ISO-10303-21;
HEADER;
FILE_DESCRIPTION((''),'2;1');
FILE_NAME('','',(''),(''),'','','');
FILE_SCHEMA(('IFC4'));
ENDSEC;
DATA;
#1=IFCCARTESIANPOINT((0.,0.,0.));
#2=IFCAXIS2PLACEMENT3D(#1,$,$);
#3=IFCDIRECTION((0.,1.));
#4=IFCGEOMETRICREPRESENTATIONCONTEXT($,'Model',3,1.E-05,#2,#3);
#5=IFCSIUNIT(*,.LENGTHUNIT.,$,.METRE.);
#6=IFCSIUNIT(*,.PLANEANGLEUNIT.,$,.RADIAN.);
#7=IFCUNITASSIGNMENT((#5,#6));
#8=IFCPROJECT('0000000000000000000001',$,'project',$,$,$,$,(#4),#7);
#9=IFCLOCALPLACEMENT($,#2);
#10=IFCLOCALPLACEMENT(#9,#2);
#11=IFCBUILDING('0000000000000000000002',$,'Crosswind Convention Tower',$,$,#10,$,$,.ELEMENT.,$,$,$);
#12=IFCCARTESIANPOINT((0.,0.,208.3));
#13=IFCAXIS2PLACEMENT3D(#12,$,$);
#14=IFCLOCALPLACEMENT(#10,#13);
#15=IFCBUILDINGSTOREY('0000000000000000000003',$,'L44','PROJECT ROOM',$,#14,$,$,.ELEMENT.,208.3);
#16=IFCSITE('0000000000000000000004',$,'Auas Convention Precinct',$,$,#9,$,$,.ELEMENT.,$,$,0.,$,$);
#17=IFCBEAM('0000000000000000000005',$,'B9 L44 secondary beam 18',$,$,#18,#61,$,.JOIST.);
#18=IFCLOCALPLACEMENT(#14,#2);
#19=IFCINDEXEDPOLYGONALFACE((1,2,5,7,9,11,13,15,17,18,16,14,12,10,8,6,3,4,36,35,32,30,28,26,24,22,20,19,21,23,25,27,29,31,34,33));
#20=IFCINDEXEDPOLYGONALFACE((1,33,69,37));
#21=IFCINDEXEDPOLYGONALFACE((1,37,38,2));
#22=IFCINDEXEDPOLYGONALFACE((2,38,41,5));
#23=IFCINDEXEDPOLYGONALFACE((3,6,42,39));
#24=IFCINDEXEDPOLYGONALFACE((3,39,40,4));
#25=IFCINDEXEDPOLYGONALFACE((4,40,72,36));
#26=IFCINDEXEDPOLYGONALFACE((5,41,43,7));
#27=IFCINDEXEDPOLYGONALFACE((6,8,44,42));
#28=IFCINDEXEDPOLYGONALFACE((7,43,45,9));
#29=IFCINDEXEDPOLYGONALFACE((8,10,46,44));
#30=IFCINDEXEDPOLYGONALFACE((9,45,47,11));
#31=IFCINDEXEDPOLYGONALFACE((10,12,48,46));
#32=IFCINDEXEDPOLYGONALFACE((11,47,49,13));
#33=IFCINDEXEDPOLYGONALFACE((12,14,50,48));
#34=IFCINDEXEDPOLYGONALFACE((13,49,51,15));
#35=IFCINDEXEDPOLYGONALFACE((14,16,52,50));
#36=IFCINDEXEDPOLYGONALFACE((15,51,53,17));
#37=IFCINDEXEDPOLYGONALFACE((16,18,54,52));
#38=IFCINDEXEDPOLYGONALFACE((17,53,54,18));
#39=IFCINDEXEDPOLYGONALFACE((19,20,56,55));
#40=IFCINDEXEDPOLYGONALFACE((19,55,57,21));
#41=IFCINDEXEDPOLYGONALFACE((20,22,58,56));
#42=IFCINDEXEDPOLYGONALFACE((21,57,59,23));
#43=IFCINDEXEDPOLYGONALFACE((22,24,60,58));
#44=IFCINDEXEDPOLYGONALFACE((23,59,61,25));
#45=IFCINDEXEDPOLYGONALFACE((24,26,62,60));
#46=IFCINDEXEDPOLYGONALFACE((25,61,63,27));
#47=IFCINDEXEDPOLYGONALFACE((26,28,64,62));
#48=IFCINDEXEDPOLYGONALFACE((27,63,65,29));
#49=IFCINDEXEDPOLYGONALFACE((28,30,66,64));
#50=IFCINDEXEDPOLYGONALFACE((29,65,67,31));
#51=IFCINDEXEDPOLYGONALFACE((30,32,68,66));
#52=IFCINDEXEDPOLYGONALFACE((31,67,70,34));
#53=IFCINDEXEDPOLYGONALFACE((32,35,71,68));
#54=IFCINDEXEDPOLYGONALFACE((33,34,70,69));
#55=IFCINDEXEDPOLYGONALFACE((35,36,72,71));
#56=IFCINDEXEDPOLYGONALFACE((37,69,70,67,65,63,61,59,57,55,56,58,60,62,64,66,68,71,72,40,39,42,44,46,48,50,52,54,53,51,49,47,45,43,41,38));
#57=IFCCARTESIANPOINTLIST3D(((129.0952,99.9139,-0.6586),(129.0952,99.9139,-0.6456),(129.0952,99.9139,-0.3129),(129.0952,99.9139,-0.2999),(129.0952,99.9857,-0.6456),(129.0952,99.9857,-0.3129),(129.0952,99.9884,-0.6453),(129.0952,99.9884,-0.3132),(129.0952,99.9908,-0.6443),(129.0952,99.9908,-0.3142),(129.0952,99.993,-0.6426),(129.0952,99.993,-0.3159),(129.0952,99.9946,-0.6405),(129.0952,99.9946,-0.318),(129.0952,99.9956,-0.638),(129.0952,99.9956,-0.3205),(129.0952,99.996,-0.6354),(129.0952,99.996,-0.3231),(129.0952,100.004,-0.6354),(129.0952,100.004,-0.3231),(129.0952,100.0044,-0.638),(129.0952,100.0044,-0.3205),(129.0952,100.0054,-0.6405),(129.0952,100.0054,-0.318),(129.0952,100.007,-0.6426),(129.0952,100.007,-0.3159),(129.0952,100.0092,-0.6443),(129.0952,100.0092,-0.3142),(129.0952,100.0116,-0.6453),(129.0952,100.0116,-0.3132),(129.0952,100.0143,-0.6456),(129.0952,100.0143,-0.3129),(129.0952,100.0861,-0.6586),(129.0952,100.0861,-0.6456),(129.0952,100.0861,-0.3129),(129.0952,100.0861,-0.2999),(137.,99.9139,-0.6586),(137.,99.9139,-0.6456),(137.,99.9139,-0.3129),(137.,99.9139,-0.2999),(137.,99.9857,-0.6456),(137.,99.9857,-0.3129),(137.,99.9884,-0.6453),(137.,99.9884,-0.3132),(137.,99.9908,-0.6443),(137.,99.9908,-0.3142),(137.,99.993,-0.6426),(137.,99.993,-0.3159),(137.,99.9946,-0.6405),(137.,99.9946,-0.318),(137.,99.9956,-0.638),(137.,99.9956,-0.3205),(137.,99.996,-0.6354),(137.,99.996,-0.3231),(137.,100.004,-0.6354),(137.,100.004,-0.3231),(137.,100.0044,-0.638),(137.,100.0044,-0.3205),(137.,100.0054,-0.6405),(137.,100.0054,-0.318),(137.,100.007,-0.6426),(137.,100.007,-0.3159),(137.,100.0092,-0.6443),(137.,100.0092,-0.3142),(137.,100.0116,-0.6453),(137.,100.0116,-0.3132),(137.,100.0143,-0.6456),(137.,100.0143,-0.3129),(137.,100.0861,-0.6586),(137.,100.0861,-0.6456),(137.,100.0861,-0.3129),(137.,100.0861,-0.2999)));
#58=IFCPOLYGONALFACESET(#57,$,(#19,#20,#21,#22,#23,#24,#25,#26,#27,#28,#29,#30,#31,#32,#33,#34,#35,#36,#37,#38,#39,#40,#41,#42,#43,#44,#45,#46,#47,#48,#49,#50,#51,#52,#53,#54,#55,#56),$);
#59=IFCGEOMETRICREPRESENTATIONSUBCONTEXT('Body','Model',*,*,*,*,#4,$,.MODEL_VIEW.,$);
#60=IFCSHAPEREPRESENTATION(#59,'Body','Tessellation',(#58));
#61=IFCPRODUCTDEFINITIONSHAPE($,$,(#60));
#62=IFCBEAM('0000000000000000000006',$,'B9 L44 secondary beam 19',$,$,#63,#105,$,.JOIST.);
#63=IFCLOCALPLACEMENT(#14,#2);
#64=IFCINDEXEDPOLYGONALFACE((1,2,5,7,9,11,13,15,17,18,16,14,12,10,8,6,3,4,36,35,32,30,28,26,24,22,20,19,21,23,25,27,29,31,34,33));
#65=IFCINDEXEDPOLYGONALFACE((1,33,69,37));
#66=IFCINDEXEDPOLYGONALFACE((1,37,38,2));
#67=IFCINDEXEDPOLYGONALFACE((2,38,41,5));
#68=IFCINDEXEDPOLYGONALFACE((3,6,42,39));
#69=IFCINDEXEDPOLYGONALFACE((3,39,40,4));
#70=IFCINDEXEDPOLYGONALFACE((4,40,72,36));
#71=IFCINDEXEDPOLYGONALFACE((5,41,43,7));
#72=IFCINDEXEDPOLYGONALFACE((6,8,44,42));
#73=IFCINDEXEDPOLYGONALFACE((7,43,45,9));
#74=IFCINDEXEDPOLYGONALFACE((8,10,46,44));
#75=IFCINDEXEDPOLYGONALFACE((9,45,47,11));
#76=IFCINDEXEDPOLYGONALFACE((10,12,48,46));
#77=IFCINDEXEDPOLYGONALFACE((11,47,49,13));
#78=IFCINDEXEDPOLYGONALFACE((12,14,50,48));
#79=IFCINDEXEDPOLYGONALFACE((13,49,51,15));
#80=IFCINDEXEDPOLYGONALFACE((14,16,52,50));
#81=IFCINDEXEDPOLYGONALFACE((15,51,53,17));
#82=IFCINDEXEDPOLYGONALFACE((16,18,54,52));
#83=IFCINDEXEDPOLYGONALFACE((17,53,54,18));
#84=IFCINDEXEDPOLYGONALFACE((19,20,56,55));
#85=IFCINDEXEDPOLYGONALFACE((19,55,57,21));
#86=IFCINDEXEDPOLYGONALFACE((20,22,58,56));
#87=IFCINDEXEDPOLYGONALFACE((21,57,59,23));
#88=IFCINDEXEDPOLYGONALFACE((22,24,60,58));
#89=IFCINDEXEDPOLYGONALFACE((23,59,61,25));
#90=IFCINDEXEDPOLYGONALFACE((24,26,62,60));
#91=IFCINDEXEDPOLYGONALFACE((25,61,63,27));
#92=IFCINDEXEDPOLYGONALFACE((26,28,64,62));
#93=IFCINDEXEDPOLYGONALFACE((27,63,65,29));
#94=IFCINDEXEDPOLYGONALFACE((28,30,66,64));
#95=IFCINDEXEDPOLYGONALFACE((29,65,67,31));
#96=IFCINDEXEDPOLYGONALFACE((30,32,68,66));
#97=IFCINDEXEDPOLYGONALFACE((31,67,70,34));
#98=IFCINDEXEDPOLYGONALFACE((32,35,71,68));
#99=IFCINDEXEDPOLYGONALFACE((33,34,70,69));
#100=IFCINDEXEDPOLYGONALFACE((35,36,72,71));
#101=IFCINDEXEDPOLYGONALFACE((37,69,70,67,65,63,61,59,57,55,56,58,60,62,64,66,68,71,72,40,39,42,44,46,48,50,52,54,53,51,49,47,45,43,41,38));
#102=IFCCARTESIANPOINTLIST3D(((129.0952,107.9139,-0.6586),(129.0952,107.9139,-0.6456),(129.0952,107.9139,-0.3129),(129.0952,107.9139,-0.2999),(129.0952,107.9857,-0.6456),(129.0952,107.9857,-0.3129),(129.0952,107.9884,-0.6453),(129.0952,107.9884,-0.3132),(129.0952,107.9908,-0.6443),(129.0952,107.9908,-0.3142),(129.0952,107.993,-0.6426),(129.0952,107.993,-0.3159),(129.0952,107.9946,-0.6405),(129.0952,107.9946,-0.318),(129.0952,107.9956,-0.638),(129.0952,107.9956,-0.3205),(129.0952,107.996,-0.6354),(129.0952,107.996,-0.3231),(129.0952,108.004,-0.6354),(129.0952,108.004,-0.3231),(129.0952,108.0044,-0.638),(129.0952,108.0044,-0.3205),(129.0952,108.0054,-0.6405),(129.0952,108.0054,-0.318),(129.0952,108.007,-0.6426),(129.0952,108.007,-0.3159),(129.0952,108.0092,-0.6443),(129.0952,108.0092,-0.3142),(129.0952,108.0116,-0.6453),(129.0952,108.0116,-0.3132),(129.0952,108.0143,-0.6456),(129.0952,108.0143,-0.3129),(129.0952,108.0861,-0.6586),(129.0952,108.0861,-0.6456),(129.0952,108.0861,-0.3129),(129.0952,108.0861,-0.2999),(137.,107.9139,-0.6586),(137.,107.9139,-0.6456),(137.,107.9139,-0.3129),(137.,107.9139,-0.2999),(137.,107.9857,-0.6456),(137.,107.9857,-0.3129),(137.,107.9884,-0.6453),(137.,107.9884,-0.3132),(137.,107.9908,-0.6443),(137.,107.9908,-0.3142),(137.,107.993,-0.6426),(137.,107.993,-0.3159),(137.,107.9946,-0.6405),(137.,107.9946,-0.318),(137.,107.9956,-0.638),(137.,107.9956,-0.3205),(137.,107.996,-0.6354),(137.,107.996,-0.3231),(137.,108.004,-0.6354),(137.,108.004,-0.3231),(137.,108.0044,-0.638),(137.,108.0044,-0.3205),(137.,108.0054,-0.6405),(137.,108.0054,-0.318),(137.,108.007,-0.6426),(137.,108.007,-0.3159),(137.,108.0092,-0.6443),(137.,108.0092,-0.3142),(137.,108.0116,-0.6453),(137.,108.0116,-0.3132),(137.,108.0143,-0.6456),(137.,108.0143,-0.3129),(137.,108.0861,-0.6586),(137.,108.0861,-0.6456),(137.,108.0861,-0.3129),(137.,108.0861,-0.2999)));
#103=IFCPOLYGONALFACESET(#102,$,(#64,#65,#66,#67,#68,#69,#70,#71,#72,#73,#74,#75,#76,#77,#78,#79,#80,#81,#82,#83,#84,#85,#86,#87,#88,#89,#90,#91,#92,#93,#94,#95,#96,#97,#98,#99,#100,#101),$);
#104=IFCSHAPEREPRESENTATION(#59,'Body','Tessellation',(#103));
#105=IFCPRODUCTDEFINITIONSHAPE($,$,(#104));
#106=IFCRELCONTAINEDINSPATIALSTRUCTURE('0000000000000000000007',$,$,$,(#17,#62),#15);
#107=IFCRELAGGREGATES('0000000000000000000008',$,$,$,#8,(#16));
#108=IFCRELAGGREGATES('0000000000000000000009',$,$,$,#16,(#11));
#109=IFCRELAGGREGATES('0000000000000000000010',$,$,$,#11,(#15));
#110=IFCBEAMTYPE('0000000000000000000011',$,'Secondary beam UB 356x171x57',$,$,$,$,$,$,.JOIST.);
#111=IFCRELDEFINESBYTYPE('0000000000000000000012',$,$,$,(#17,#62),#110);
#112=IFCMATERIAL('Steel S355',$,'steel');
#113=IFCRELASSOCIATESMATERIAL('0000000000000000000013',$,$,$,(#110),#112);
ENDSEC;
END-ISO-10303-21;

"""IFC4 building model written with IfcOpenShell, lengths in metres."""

from ifc_helpers import new_model, si_unit, direction, frame, origin, origin_2d, place, context, subcontext, project, spatial, i_section, extrude, material, material_profile, profile_set, type_object, element, save


model = new_model("IFC4")

# Units and contexts
model_context = context("Model", 3, precision=1e-05, world=origin(), true_north=direction((0.0, 1.0)))
body_context = subcontext(model_context, "Body", "Model", "MODEL_VIEW")
ifc_project = project(units=[si_unit("LENGTHUNIT", "METRE"), si_unit("PLANEANGLEUNIT", "RADIAN")], contexts=[model_context])

# Site, building, storey
site_placement = place(None, origin())
site = spatial("IfcSite", under=ifc_project, at=site_placement, Name="Auas Convention Precinct", CompositionType="ELEMENT", RefElevation=0.0)
building_placement = place(site_placement, origin())
building = spatial("IfcBuilding", under=site, at=building_placement, Name="Crosswind Convention Tower", CompositionType="ELEMENT")
storey_placement = place(building_placement, frame((0.0, 0.0, 208.3)))
storey = spatial("IfcBuildingStorey", under=building, at=storey_placement, Name="L44", Description="PROJECT ROOM", CompositionType="ELEMENT", Elevation=208.3)

# Beams
ifc_material_1 = material(Name="Steel S355", Category="steel")
ifc_material_profile_1 = material_profile(ifc_material_1, i_section(OverallWidth=0.1721, OverallDepth=0.3586, WebThickness=0.0081, FlangeThickness=0.0129, FilletRadius=0.0103, at=origin_2d()), Name="UB 356x171x57")
ifc_profile_set_1 = profile_set([ifc_material_profile_1], Name="Steel S355")
beam_type_1 = type_object("IfcBeamType", Name="Secondary beam UB 356x171x57", PredefinedType="JOIST", material=ifc_profile_set_1)
for number, where, z_axis, x_axis, name in (
    (1, (129.0952, 100.0, -0.4792), (1.0, 0.0, 0.0), (0.0, 1.0, 0.0), "B9 L44 secondary beam 18"),
    (2, (129.0952, 108.0, -0.4792), (1.0, 0.0, 0.0), (0.0, 1.0, 0.0), "B9 L44 secondary beam 19"),
):
    element("IfcBeam", number, at=place(storey_placement, frame(where, z_axis=z_axis, x_axis=x_axis)), inside=storey, type_object=beam_type_1, Name=name, PredefinedType="JOIST", context=body_context, shape_type="SweptSolid", body=[
        extrude(i_section(OverallWidth=0.1721, OverallDepth=0.3586, WebThickness=0.0081, FlangeThickness=0.0129, FilletRadius=0.0103, at=origin_2d()), origin(), (0.0, 0.0, 1.0), 7.9048),
    ])

save(model, "model.ifc")
